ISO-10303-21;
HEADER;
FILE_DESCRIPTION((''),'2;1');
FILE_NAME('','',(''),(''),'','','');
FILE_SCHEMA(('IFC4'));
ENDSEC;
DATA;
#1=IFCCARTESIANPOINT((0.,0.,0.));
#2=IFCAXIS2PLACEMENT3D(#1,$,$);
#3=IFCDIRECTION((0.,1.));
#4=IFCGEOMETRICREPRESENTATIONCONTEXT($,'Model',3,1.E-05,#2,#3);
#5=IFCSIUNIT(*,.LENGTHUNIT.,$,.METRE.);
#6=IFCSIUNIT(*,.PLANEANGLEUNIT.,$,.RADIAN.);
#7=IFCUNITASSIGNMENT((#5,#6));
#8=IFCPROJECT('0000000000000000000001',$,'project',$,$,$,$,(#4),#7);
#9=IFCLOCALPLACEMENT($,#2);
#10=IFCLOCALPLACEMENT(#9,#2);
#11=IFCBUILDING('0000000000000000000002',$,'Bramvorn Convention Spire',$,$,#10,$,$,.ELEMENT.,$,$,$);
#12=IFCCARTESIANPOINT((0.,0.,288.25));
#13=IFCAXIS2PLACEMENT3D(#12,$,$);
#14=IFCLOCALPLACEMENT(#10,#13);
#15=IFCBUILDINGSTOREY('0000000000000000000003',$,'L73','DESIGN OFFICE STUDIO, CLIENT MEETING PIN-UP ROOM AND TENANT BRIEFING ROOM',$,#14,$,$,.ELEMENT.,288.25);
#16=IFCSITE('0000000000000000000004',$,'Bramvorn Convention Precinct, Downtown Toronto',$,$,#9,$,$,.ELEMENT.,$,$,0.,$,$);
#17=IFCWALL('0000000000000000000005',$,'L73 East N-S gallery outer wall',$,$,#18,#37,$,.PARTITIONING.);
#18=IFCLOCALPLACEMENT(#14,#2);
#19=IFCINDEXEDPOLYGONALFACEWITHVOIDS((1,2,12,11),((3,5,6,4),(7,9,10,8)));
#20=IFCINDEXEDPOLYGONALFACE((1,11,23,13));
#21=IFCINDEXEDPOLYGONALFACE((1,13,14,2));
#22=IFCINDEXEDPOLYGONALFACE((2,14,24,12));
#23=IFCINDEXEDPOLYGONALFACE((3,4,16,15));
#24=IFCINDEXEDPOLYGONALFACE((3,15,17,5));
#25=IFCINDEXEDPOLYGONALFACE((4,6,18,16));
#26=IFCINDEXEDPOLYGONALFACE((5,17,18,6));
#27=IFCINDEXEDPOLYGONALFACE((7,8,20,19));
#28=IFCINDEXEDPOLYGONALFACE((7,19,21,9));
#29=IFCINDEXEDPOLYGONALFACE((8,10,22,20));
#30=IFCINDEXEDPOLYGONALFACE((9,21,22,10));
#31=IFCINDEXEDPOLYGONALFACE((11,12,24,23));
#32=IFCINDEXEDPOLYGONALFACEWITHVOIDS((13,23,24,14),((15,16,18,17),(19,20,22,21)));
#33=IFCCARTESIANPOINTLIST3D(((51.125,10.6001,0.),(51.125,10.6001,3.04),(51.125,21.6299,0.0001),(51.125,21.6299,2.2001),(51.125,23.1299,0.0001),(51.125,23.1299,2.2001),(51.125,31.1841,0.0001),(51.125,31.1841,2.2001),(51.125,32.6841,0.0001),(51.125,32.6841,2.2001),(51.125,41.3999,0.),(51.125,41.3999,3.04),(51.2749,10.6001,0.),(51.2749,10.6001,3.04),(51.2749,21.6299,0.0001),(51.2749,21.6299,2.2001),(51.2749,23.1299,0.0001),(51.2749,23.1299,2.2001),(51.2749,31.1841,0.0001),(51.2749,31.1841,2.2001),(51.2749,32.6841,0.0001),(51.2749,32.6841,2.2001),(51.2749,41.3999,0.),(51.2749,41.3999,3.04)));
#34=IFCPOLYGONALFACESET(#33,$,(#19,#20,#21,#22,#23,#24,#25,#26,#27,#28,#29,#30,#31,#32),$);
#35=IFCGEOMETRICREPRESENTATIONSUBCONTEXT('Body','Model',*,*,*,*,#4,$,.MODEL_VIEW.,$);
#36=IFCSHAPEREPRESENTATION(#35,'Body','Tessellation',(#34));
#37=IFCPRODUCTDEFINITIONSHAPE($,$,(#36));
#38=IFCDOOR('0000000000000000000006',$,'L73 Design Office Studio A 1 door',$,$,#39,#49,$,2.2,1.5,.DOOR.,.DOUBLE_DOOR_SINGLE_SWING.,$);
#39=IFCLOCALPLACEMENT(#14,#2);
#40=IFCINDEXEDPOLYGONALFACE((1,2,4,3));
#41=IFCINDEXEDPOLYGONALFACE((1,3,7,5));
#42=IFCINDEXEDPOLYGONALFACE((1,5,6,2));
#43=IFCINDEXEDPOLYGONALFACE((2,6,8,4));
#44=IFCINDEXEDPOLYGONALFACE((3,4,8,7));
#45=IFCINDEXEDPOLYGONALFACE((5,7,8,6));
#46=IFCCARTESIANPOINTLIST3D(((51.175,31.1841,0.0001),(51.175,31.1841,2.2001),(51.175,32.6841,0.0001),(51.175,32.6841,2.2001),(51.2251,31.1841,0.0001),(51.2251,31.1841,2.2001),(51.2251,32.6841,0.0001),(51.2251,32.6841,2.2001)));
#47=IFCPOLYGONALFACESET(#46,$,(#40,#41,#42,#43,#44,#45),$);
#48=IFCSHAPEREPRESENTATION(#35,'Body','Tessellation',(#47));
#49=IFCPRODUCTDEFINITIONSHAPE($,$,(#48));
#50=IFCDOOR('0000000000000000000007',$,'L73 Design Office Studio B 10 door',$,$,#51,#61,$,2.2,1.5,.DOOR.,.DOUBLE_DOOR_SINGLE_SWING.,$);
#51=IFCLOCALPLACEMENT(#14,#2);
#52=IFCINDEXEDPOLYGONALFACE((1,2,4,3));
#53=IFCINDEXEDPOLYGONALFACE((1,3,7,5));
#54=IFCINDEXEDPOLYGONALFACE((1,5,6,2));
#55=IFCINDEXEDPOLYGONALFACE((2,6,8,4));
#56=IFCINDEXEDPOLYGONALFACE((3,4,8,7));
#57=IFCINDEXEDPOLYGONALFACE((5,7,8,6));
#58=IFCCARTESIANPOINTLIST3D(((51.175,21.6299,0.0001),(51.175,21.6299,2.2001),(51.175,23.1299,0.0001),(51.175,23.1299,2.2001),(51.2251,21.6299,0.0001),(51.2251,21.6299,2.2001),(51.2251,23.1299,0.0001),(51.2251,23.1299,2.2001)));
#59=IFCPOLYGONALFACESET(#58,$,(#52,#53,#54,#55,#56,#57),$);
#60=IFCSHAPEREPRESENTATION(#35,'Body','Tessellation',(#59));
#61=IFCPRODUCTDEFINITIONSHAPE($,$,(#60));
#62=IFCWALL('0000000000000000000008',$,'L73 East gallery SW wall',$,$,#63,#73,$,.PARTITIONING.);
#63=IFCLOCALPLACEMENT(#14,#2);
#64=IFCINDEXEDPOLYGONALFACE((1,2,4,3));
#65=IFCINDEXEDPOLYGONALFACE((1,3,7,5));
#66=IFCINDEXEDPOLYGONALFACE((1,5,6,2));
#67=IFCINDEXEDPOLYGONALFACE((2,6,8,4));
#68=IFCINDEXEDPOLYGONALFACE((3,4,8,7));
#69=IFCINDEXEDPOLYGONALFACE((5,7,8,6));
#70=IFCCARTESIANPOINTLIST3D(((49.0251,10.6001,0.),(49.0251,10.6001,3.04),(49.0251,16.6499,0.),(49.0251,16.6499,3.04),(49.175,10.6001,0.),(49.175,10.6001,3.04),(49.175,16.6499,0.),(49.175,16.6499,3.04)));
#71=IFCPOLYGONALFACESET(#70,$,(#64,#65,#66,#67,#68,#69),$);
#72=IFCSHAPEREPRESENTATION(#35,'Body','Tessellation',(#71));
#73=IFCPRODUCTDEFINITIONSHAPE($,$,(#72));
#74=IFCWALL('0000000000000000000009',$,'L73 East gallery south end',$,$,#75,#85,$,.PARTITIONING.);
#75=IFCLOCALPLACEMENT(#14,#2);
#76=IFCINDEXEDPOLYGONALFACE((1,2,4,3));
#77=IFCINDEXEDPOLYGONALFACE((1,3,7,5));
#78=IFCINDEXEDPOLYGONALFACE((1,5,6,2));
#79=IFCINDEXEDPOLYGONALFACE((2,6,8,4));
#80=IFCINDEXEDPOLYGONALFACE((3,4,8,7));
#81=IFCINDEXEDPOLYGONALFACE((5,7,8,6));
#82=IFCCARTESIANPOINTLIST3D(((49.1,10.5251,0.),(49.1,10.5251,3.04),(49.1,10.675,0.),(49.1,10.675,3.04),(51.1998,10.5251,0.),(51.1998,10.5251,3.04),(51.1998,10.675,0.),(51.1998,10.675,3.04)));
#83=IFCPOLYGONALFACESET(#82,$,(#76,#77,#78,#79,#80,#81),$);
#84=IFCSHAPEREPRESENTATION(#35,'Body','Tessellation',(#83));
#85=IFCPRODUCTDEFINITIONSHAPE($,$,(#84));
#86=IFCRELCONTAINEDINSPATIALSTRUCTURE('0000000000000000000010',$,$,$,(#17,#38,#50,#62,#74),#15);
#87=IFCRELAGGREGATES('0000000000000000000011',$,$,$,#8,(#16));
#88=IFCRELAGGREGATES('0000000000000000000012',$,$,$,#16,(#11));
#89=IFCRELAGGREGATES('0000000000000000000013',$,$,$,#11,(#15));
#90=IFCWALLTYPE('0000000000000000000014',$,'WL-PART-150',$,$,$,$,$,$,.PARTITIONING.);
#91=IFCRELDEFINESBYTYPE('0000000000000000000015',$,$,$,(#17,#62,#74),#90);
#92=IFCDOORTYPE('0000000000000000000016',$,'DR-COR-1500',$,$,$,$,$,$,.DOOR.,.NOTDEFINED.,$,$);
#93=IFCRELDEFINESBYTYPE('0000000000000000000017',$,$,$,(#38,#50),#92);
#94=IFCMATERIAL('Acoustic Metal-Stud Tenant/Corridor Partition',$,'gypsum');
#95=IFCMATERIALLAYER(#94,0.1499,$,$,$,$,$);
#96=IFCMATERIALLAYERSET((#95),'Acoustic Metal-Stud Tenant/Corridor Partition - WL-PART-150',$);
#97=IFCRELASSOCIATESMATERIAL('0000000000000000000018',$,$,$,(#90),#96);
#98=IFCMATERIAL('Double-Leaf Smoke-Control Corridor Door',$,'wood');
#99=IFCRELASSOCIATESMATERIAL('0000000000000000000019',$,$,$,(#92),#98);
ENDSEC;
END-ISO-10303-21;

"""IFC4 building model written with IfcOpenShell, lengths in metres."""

from ifc_helpers import new_model, si_unit, direction, frame, frame_2d, origin, place, context, subcontext, project, spatial, rectangle, extrude, material, layer, layer_set, type_object, element, fill, save


model = new_model("IFC4")

# Units and contexts
model_context = context("Model", 3, precision=1e-05, world=origin(), true_north=direction((0.0, 1.0)))
body_context = subcontext(model_context, "Body", "Model", "MODEL_VIEW")
ifc_project = project(units=[si_unit("LENGTHUNIT", "METRE"), si_unit("PLANEANGLEUNIT", "RADIAN")], contexts=[model_context])

# Site, building, storey
site_placement = place(None, origin())
site = spatial("IfcSite", under=ifc_project, at=site_placement, Name="Bramvorn Convention Precinct, Downtown Toronto", CompositionType="ELEMENT", RefElevation=0.0)
building_placement = place(site_placement, origin())
building = spatial("IfcBuilding", under=site, at=building_placement, Name="Bramvorn Convention Spire", CompositionType="ELEMENT")
storey_placement = place(building_placement, frame((0.0, 0.0, 288.25)))
storey = spatial("IfcBuildingStorey", under=building, at=storey_placement, Name="L73", Description="DESIGN OFFICE STUDIO, CLIENT MEETING PIN-UP ROOM AND TENANT BRIEFING ROOM", CompositionType="ELEMENT", Elevation=288.25)

# Wall, openings, doors
ifc_material_1 = material(Name="Acoustic Metal-Stud Tenant/Corridor Partition", Category="gypsum")
ifc_layer_1 = layer(ifc_material_1, 0.1499)
ifc_layer_set_1 = layer_set([ifc_layer_1], Name="Acoustic Metal-Stud Tenant/Corridor Partition - WL-PART-150")
wall_type_1 = type_object("IfcWallType", Name="WL-PART-150", PredefinedType="PARTITIONING", material=ifc_layer_set_1)
wall_1_placement = place(storey_placement, frame((51.2, 10.6001, 0.0), z_axis=(0.0, 0.0, 1.0), x_axis=(0.0, 1.0, 0.0)))
wall_1 = element("IfcWall", 1, at=wall_1_placement, inside=storey, type_object=wall_type_1, Name="L73 East N-S gallery outer wall", PredefinedType="PARTITIONING", context=body_context, shape_type="SweptSolid", body=[
    extrude(rectangle(XDim=30.7998, YDim=0.1499, at=frame_2d((15.3999, 0.0))), origin(), (0.0, 0.0, 1.0), 3.04),
])
opening_1_placement = place(wall_1_placement, frame((20.584, 0.0, 0.0)))
opening_1 = element("IfcOpeningElement", 2, at=opening_1_placement, cuts=wall_1, PredefinedType="OPENING", context=body_context, shape_type="SweptSolid", body=[
    extrude(rectangle(XDim=1.5, YDim=2.2, at=frame_2d((0.75, 1.1001))), frame((0.0, 0.085, 0.0), z_axis=(0.0, -1.0, 0.0), x_axis=(1.0, 0.0, 0.0)), (0.0, 0.0, 1.0), 0.1699),
])
opening_2_placement = place(wall_1_placement, frame((11.0298, 0.0, 0.0)))
opening_2 = element("IfcOpeningElement", 3, at=opening_2_placement, cuts=wall_1, PredefinedType="OPENING", context=body_context, shape_type="SweptSolid", body=[
    extrude(rectangle(XDim=1.5, YDim=2.2, at=frame_2d((0.75, 1.1001))), frame((0.0, 0.085, 0.0), z_axis=(0.0, -1.0, 0.0), x_axis=(1.0, 0.0, 0.0)), (0.0, 0.0, 1.0), 0.1699),
])
ifc_material_2 = material(Name="Double-Leaf Smoke-Control Corridor Door", Category="wood")
door_type = type_object("IfcDoorType", Name="DR-COR-1500", OperationType="NOTDEFINED", PredefinedType="DOOR", material=ifc_material_2)
door_1_placement = place(opening_1_placement, origin())
door_1 = element("IfcDoor", 4, at=door_1_placement, inside=storey, type_object=door_type, Name="L73 Design Office Studio A 1 door", OperationType="DOUBLE_DOOR_SINGLE_SWING", OverallHeight=2.2, OverallWidth=1.5, PredefinedType="DOOR", context=body_context, shape_type="SweptSolid", body=[
    extrude(rectangle(XDim=1.5, YDim=2.2, at=frame_2d((0.75, 1.1001))), frame((0.0, 0.0249, 0.0), z_axis=(0.0, -1.0, 0.0), x_axis=(1.0, 0.0, 0.0)), (0.0, 0.0, 1.0), 0.05),
])
fill(opening_1, door_1)
door_2_placement = place(opening_2_placement, origin())
door_2 = element("IfcDoor", 5, at=door_2_placement, inside=storey, type_object=door_type, Name="L73 Design Office Studio B 10 door", OperationType="DOUBLE_DOOR_SINGLE_SWING", OverallHeight=2.2, OverallWidth=1.5, PredefinedType="DOOR", context=body_context, shape_type="SweptSolid", body=[
    extrude(rectangle(XDim=1.5, YDim=2.2, at=frame_2d((0.75, 1.1001))), frame((0.0, 0.0249, 0.0), z_axis=(0.0, -1.0, 0.0), x_axis=(1.0, 0.0, 0.0)), (0.0, 0.0, 1.0), 0.05),
])
fill(opening_2, door_2)

# Walls
wall_2_placement = place(storey_placement, frame((49.1001, 10.6001, 0.0), z_axis=(0.0, 0.0, 1.0), x_axis=(0.0, 1.0, 0.0)))
element("IfcWall", 6, at=wall_2_placement, inside=storey, type_object=wall_type_1, Name="L73 East gallery SW wall", PredefinedType="PARTITIONING", context=body_context, shape_type="SweptSolid", body=[
    extrude(rectangle(XDim=6.0498, YDim=0.1499, at=frame_2d((3.0249, 0.0))), origin(), (0.0, 0.0, 1.0), 3.04),
])
wall_3_placement = place(storey_placement, frame((49.1001, 10.6001, 0.0), z_axis=(0.0, 0.0, 1.0), x_axis=(1.0, 0.0, 0.0)))
element("IfcWall", 7, at=wall_3_placement, inside=storey, type_object=wall_type_1, Name="L73 East gallery south end", PredefinedType="PARTITIONING", context=body_context, shape_type="SweptSolid", body=[
    extrude(rectangle(XDim=2.0999, YDim=0.1499, at=frame_2d((1.0498, 0.0))), origin(), (0.0, 0.0, 1.0), 3.04),
])

save(model, "model.ifc")
